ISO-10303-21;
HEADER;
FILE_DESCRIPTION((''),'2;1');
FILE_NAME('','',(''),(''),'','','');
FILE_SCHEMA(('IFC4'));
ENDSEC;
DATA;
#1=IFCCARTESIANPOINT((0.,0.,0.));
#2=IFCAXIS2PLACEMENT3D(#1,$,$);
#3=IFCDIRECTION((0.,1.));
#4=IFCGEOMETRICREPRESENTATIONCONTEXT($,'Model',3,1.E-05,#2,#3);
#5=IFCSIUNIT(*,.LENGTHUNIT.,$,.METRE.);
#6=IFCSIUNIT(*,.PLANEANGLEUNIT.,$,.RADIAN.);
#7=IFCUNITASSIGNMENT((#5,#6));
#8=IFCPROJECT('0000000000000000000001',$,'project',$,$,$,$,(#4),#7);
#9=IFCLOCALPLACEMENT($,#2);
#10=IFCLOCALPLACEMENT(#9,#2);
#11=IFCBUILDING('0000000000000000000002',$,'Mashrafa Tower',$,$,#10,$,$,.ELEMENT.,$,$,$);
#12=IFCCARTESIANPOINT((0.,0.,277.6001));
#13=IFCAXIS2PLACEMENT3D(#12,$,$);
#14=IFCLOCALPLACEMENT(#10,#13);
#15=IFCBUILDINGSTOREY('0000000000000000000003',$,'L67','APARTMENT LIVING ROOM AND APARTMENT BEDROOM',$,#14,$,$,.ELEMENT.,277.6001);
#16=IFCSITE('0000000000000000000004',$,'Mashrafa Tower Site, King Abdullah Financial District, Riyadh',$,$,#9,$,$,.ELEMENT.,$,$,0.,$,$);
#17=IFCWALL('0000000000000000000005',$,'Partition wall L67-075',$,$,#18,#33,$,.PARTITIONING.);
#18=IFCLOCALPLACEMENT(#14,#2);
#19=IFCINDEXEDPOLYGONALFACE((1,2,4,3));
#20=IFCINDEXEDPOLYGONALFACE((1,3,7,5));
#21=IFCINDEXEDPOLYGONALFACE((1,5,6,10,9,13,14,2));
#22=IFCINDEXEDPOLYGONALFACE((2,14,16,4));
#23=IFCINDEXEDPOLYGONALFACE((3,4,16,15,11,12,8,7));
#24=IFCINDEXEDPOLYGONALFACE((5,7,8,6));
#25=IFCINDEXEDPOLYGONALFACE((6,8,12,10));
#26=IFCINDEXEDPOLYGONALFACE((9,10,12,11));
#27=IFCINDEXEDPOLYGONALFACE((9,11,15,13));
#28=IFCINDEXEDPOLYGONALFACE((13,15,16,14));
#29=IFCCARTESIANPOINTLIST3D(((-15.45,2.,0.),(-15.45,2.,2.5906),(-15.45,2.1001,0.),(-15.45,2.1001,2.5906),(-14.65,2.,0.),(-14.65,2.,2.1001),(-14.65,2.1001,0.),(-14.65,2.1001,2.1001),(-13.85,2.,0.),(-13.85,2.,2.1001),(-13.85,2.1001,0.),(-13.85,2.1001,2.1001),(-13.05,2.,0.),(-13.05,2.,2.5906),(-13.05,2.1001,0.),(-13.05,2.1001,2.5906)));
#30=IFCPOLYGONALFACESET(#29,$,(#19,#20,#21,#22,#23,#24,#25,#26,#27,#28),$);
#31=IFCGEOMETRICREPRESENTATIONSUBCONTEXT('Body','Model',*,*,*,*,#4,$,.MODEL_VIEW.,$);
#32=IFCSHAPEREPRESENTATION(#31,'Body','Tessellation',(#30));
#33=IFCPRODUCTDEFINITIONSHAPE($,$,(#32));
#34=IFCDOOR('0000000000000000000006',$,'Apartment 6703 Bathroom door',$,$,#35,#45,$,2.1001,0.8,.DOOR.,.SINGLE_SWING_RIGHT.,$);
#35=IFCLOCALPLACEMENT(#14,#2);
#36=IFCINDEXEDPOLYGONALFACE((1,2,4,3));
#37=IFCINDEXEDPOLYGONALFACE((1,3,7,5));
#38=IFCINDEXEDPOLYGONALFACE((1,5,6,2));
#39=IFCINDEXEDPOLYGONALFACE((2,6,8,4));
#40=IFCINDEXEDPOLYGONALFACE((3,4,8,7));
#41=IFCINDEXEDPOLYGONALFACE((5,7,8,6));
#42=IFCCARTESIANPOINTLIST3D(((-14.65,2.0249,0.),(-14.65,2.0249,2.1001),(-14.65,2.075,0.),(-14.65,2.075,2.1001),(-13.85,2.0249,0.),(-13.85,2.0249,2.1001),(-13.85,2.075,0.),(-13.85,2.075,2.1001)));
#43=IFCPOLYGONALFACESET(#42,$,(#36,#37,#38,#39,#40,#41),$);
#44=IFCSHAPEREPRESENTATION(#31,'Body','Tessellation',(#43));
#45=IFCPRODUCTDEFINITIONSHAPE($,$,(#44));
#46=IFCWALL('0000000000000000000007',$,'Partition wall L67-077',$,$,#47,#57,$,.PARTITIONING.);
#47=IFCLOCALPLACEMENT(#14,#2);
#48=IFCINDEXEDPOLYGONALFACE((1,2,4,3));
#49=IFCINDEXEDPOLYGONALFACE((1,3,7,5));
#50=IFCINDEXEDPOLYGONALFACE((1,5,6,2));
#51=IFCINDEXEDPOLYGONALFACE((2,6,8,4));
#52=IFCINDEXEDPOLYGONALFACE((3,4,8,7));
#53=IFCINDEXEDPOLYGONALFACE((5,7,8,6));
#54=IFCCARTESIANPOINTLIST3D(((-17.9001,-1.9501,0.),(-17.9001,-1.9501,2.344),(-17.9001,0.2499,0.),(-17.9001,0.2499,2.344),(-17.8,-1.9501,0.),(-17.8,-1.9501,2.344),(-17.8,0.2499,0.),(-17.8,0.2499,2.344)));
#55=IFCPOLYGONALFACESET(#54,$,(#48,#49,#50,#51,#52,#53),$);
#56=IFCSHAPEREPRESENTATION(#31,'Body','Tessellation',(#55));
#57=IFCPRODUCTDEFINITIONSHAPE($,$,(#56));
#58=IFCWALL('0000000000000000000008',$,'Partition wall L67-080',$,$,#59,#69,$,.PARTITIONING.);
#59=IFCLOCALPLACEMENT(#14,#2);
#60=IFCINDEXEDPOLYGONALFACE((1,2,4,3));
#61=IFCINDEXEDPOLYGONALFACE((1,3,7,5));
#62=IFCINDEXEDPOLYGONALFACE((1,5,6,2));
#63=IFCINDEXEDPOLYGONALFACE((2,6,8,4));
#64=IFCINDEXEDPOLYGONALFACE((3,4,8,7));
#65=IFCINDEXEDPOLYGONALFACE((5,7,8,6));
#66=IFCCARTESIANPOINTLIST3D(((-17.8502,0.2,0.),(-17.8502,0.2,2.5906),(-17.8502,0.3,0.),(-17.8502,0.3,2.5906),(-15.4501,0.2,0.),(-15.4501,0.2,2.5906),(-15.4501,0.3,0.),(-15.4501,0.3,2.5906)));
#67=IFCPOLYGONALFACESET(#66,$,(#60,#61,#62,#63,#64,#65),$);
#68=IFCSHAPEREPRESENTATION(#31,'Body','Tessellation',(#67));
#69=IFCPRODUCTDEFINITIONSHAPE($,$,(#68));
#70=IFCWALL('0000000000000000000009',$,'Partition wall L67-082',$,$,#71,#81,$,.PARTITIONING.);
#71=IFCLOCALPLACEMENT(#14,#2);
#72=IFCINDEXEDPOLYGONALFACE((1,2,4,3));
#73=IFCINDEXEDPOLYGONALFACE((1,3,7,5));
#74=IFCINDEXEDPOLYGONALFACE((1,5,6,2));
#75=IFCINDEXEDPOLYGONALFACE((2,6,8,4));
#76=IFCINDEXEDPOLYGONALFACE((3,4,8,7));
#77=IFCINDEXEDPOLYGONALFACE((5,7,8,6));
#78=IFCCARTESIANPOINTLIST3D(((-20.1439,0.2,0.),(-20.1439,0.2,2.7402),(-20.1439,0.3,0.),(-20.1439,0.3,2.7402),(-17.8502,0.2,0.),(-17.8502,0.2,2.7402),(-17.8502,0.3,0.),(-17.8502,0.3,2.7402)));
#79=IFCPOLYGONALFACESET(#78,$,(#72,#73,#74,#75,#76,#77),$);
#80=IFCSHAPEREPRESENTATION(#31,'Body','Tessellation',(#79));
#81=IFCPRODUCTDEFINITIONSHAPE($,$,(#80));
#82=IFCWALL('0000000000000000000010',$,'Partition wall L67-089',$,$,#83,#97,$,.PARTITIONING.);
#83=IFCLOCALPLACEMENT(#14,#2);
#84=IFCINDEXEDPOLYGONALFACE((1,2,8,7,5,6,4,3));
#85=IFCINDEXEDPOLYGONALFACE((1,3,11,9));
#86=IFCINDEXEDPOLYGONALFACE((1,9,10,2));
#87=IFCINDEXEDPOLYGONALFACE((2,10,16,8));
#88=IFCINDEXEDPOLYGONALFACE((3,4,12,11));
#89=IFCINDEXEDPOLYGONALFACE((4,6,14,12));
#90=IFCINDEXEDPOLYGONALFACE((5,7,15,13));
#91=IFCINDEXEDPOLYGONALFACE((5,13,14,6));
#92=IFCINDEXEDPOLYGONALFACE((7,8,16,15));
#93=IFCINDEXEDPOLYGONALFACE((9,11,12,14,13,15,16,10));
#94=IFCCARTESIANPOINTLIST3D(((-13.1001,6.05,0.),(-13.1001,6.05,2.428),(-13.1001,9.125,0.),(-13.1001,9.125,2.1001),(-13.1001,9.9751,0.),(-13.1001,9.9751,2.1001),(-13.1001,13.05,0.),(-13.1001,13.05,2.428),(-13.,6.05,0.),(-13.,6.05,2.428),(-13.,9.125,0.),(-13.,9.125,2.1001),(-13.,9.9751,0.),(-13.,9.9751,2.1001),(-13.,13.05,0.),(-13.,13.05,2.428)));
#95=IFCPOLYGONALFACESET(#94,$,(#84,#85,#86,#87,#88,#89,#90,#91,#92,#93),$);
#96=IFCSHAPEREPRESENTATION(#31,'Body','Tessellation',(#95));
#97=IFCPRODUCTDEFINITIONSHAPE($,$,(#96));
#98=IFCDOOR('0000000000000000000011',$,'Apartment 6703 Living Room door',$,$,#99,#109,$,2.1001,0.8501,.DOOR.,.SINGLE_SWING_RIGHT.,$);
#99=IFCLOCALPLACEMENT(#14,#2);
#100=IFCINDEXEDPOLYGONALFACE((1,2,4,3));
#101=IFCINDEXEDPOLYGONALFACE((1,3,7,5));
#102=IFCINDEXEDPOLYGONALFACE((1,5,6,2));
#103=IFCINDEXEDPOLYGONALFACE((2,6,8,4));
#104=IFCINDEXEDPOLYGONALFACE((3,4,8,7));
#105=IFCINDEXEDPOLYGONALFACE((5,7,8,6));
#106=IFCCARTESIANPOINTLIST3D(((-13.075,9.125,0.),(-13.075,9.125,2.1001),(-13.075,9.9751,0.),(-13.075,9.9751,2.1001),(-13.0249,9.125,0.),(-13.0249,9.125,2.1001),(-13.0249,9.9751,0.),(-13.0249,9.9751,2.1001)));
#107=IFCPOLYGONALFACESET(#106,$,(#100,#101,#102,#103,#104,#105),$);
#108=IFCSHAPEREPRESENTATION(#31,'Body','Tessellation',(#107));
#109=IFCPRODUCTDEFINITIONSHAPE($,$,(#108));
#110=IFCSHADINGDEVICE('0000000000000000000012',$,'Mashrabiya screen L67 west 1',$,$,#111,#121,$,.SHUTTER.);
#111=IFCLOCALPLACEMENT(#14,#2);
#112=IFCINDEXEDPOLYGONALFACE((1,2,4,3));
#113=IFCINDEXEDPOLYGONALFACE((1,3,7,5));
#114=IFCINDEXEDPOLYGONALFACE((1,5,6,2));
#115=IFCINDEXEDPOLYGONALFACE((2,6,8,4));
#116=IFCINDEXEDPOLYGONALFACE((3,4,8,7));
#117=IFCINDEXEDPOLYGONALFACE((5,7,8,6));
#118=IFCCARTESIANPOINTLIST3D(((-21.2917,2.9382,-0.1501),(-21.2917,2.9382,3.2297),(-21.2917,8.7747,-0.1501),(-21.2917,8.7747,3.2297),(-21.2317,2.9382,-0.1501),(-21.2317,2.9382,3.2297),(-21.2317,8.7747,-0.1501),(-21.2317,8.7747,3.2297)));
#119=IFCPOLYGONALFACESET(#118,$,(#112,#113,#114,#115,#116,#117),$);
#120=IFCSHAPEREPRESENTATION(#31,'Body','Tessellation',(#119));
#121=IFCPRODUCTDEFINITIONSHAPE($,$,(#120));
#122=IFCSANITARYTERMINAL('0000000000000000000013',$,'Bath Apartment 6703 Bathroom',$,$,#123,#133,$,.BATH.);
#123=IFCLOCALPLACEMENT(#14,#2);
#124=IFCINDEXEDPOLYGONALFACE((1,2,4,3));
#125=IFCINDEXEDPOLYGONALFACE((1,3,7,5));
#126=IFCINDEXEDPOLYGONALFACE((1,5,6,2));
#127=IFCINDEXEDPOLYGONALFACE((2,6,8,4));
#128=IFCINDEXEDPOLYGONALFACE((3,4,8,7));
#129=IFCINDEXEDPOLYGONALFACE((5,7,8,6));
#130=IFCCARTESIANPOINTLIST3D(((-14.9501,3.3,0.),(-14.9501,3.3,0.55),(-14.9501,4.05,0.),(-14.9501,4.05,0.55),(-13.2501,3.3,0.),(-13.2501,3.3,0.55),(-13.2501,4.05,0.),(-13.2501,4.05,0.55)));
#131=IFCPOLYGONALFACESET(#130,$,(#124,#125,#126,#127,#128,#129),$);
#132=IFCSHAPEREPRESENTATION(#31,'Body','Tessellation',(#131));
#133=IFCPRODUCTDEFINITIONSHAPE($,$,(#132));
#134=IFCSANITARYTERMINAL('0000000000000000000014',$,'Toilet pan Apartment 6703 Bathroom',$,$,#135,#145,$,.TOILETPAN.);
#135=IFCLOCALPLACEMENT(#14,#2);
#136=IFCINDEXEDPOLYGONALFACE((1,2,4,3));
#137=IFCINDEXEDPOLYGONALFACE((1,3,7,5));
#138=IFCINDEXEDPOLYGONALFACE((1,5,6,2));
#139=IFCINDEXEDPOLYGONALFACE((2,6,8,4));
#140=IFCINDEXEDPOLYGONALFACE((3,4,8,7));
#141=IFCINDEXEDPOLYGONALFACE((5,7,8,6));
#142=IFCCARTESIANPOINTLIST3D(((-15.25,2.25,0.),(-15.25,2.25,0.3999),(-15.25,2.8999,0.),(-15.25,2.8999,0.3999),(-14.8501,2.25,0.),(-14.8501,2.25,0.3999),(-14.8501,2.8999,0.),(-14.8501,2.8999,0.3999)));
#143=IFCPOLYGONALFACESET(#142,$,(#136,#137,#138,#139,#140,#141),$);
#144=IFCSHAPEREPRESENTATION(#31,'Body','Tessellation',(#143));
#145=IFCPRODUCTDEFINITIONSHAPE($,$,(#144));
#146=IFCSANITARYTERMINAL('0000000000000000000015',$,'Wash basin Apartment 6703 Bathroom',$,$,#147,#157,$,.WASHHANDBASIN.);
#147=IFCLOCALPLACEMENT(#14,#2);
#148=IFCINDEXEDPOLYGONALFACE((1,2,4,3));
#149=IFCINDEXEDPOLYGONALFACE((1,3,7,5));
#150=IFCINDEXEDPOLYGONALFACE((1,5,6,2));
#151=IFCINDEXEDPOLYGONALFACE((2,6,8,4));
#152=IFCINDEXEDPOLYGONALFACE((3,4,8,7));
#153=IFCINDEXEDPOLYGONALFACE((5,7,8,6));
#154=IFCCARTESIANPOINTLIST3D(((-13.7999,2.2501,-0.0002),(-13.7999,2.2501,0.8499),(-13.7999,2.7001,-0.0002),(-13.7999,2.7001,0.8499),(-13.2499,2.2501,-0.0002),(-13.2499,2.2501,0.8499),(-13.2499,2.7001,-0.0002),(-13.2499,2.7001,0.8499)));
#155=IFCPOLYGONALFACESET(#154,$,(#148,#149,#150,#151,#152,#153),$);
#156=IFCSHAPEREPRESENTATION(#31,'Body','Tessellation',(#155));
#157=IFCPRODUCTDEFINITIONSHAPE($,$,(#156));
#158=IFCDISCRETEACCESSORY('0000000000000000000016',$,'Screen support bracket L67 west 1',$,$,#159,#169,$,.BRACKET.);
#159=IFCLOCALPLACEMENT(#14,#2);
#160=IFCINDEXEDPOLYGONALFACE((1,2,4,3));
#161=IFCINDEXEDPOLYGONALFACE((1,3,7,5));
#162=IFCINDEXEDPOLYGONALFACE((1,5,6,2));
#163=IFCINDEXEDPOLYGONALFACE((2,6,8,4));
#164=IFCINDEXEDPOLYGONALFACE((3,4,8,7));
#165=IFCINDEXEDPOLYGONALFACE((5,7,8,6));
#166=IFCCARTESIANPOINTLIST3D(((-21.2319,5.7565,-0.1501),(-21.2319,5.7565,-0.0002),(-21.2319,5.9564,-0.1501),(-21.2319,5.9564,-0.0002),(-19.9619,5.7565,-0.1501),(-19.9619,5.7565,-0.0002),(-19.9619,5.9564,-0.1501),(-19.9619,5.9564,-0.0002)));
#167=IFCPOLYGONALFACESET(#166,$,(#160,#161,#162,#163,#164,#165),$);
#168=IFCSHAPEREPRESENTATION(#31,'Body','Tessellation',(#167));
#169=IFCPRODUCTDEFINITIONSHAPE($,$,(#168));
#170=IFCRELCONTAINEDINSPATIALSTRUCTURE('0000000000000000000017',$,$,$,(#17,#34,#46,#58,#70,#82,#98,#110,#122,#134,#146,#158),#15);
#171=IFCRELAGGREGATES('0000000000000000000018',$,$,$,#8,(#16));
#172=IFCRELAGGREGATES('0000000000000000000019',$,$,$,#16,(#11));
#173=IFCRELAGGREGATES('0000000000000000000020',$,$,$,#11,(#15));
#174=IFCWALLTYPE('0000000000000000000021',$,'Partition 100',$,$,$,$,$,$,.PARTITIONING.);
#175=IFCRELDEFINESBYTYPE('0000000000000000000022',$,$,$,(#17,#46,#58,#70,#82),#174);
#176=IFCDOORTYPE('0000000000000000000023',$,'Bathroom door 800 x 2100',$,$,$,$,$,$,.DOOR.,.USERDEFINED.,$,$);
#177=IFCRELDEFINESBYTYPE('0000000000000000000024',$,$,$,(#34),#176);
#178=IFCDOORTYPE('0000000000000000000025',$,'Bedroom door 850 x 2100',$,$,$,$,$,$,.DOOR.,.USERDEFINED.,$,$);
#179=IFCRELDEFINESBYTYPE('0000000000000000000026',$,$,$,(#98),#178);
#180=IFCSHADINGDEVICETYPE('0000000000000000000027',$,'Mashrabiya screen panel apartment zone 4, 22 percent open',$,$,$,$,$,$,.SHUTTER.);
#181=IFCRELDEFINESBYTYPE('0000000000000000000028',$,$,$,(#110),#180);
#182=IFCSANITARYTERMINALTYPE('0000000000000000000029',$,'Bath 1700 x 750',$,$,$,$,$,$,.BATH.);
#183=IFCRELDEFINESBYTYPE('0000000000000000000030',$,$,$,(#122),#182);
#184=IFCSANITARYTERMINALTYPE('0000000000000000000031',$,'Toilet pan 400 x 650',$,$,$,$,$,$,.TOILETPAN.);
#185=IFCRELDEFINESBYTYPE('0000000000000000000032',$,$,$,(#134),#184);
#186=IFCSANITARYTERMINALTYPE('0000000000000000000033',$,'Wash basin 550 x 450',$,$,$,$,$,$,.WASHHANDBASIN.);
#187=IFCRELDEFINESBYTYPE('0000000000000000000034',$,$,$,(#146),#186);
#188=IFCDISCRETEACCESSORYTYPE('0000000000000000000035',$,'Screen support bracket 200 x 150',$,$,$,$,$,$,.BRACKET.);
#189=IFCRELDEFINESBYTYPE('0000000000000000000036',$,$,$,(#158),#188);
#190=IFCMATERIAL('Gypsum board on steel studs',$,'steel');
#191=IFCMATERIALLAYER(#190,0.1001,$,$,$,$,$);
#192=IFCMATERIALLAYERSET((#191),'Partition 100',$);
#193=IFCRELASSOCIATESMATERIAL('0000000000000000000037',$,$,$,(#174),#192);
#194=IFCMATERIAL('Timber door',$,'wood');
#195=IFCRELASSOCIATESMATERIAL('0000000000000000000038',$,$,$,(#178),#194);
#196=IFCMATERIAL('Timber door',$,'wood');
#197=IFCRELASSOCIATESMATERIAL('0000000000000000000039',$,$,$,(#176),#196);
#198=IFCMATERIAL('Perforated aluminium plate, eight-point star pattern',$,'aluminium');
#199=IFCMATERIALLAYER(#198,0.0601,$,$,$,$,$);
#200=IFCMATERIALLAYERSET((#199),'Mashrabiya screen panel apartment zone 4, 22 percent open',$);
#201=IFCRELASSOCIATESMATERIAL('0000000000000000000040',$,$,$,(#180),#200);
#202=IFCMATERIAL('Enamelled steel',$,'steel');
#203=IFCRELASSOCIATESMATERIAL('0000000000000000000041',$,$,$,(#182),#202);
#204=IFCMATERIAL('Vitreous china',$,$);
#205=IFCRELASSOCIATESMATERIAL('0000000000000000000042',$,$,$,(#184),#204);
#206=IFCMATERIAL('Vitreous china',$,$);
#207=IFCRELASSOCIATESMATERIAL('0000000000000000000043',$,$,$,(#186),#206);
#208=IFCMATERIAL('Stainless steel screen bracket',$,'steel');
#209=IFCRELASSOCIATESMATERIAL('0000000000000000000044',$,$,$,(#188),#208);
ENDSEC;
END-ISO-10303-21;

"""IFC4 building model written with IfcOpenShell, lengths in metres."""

from ifc_helpers import new_model, si_unit, direction, frame, frame_2d, origin, origin_2d, place, context, subcontext, project, spatial, rectangle, extrude, source, transform, mapped, material, layer, layer_set, type_object, type_shapes, element, fill, save


model = new_model("IFC4")

# Units and contexts
model_context = context("Model", 3, precision=1e-05, world=origin(), true_north=direction((0.0, 1.0)))
body_context = subcontext(model_context, "Body", "Model", "MODEL_VIEW")
ifc_project = project(units=[si_unit("LENGTHUNIT", "METRE"), si_unit("PLANEANGLEUNIT", "RADIAN")], contexts=[model_context])

# Site, building, storey
site_placement = place(None, origin())
site = spatial("IfcSite", under=ifc_project, at=site_placement, Name="Mashrafa Tower Site, King Abdullah Financial District, Riyadh", CompositionType="ELEMENT", RefElevation=0.0)
building_placement = place(site_placement, origin())
building = spatial("IfcBuilding", under=site, at=building_placement, Name="Mashrafa Tower", CompositionType="ELEMENT")
storey_placement = place(building_placement, frame((0.0, 0.0, 277.6001)))
storey = spatial("IfcBuildingStorey", under=building, at=storey_placement, Name="L67", Description="APARTMENT LIVING ROOM AND APARTMENT BEDROOM", CompositionType="ELEMENT", Elevation=277.6001)

# Shared definitions
ifc_material_1 = material(Name="Gypsum board on steel studs", Category="steel")
ifc_layer_1 = layer(ifc_material_1, 0.1001)
ifc_layer_set_1 = layer_set([ifc_layer_1], Name="Partition 100")
wall_type_1 = type_object("IfcWallType", Name="Partition 100", PredefinedType="PARTITIONING", material=ifc_layer_set_1)

# Shared definitions
ifc_material_2 = material(Name="Timber door", Category="wood")
door_type_1 = type_object("IfcDoorType", Name="Bedroom door 850 x 2100", OperationType="USERDEFINED", PredefinedType="DOOR", material=ifc_material_2)

# Wall, opening, door
wall_1_placement = place(storey_placement, frame((-15.45, 2.05, 0.0), z_axis=(0.0, 0.0, 1.0), x_axis=(1.0, 0.0, 0.0)))
wall_1 = element("IfcWall", 1, at=wall_1_placement, inside=storey, type_object=wall_type_1, Name="Partition wall L67-075", PredefinedType="PARTITIONING", context=body_context, shape_type="SweptSolid", body=[
    extrude(rectangle(XDim=2.3999, YDim=0.1001, at=frame_2d((1.2, 0.0))), origin(), (0.0, 0.0, 1.0), 2.5906),
])
opening_1_placement = place(wall_1_placement, frame((0.8, 0.0, 0.0)))
opening_1 = element("IfcOpeningElement", 2, at=opening_1_placement, cuts=wall_1, PredefinedType="OPENING", context=body_context, shape_type="SweptSolid", body=[
    extrude(rectangle(XDim=0.8, YDim=2.1001, at=frame_2d((0.3999, 1.05))), frame((0.0, 0.0601, 0.0), z_axis=(0.0, -1.0, 0.0), x_axis=(1.0, 0.0, 0.0)), (0.0, 0.0, 1.0), 0.1201),
])
ifc_material_3 = material(Name="Timber door", Category="wood")
door_type_2 = type_object("IfcDoorType", Name="Bathroom door 800 x 2100", OperationType="USERDEFINED", PredefinedType="DOOR", material=ifc_material_3)
door_1_placement = place(opening_1_placement, origin())
door_1 = element("IfcDoor", 3, at=door_1_placement, inside=storey, type_object=door_type_2, Name="Apartment 6703 Bathroom door", OperationType="SINGLE_SWING_RIGHT", OverallHeight=2.1001, OverallWidth=0.8, PredefinedType="DOOR", context=body_context, shape_type="SweptSolid", body=[
    extrude(rectangle(XDim=0.8, YDim=2.1001, at=frame_2d((0.3999, 1.05))), frame((0.0, 0.0249, 0.0), z_axis=(0.0, -1.0, 0.0), x_axis=(1.0, 0.0, 0.0)), (0.0, 0.0, 1.0), 0.05),
])
fill(opening_1, door_1)

# Walls
wall_2_placement = place(storey_placement, frame((-17.8501, 0.25, 0.0), z_axis=(0.0, 0.0, 1.0), x_axis=(0.0, -1.0, 0.0)))
element("IfcWall", 4, at=wall_2_placement, inside=storey, type_object=wall_type_1, Name="Partition wall L67-077", PredefinedType="PARTITIONING", context=body_context, shape_type="SweptSolid", body=[
    extrude(rectangle(XDim=2.2, YDim=0.1001, at=frame_2d((1.1001, 0.0))), origin(), (0.0, 0.0, 1.0), 2.344),
])
wall_3_placement = place(storey_placement, frame((-15.45, 0.25, 0.0), z_axis=(0.0, 0.0, 1.0), x_axis=(-1.0, 0.0, 0.0)))
element("IfcWall", 5, at=wall_3_placement, inside=storey, type_object=wall_type_1, Name="Partition wall L67-080", PredefinedType="PARTITIONING", context=body_context, shape_type="SweptSolid", body=[
    extrude(rectangle(XDim=2.4001, YDim=0.1001, at=frame_2d((1.2002, 0.0))), origin(), (0.0, 0.0, 1.0), 2.5906),
])
wall_4_placement = place(storey_placement, frame((-17.8501, 0.25, 0.0), z_axis=(0.0, 0.0, 1.0), x_axis=(-1.0, 0.0, 0.0)))
element("IfcWall", 6, at=wall_4_placement, inside=storey, type_object=wall_type_1, Name="Partition wall L67-082", PredefinedType="PARTITIONING", context=body_context, shape_type="SweptSolid", body=[
    extrude(rectangle(XDim=2.2937, YDim=0.1001, at=frame_2d((1.147, 0.0))), origin(), (0.0, 0.0, 1.0), 2.7402),
])

# Wall, opening, door
wall_5_placement = place(storey_placement, frame((-13.05, 6.05, 0.0), z_axis=(0.0, 0.0, 1.0), x_axis=(0.0, 1.0, 0.0)))
wall_5 = element("IfcWall", 7, at=wall_5_placement, inside=storey, type_object=wall_type_1, Name="Partition wall L67-089", PredefinedType="PARTITIONING", context=body_context, shape_type="SweptSolid", body=[
    extrude(rectangle(XDim=7.0, YDim=0.1001, at=frame_2d((3.5, 0.0))), origin(), (0.0, 0.0, 1.0), 2.428),
])
opening_2_placement = place(wall_5_placement, frame((3.075, 0.0, 0.0)))
opening_2 = element("IfcOpeningElement", 8, at=opening_2_placement, cuts=wall_5, PredefinedType="OPENING", context=body_context, shape_type="SweptSolid", body=[
    extrude(rectangle(XDim=0.8501, YDim=2.1001, at=frame_2d((0.425, 1.05))), frame((0.0, 0.0601, 0.0), z_axis=(0.0, -1.0, 0.0), x_axis=(1.0, 0.0, 0.0)), (0.0, 0.0, 1.0), 0.1201),
])
door_2_placement = place(opening_2_placement, origin())
door_2 = element("IfcDoor", 9, at=door_2_placement, inside=storey, type_object=door_type_1, Name="Apartment 6703 Living Room door", OperationType="SINGLE_SWING_RIGHT", OverallHeight=2.1001, OverallWidth=0.8501, PredefinedType="DOOR", context=body_context, shape_type="SweptSolid", body=[
    extrude(rectangle(XDim=0.8501, YDim=2.1001, at=frame_2d((0.425, 1.05))), frame((0.0, 0.0249, 0.0), z_axis=(0.0, -1.0, 0.0), x_axis=(1.0, 0.0, 0.0)), (0.0, 0.0, 1.0), 0.05),
])
fill(opening_2, door_2)

# Shading device
ifc_material_4 = material(Name="Perforated aluminium plate, eight-point star pattern", Category="aluminium")
ifc_layer_2 = layer(ifc_material_4, 0.0601)
ifc_layer_set_2 = layer_set([ifc_layer_2], Name="Mashrabiya screen panel apartment zone 4, 22 percent open")
shading_device_type = type_object("IfcShadingDeviceType", Name="Mashrabiya screen panel apartment zone 4, 22 percent open", PredefinedType="SHUTTER", material=ifc_layer_set_2)
shared_shape_1 = source(origin(), body_context, "Body", "SweptSolid", [
    extrude(rectangle(XDim=5.8364, YDim=0.0601, at=origin_2d()), origin(), (0.0, 0.0, 1.0), 3.3799),
])
type_shapes(shading_device_type, [shared_shape_1])
shading_device_placement = place(storey_placement, frame((-21.2617, 5.8564, -0.1501), z_axis=(0.0, 0.0, 1.0), x_axis=(0.0, -1.0, 0.0)))
element("IfcShadingDevice", 10, at=shading_device_placement, inside=storey, type_object=shading_device_type, Name="Mashrabiya screen L67 west 1", PredefinedType="SHUTTER", context=body_context, shape_type="MappedRepresentation", body=[
    mapped(shared_shape_1, transform((0.0, 0.0, 0.0))),
])

# Sanitary terminals
ifc_material_5 = material(Name="Enamelled steel", Category="steel")
sanitary_terminal_type_1 = type_object("IfcSanitaryTerminalType", Name="Bath 1700 x 750", PredefinedType="BATH", material=ifc_material_5)
sanitary_terminal_1_placement = place(storey_placement, frame((-14.1001, 3.675, 0.0), z_axis=(0.0, 0.0, 1.0), x_axis=(-1.0, 0.0, 0.0)))
element("IfcSanitaryTerminal", 11, at=sanitary_terminal_1_placement, inside=storey, type_object=sanitary_terminal_type_1, Name="Bath Apartment 6703 Bathroom", PredefinedType="BATH", context=body_context, shape_type="SweptSolid", body=[
    extrude(rectangle(XDim=1.7, YDim=0.75, at=origin_2d()), origin(), (0.0, 0.0, 1.0), 0.55),
])
ifc_material_6 = material(Name="Vitreous china")
sanitary_terminal_type_2 = type_object("IfcSanitaryTerminalType", Name="Toilet pan 400 x 650", PredefinedType="TOILETPAN", material=ifc_material_6)
sanitary_terminal_2_placement = place(storey_placement, frame((-15.05, 2.575, 0.0), z_axis=(0.0, 0.0, 1.0), x_axis=(1.0, 0.0, 0.0)))
element("IfcSanitaryTerminal", 12, at=sanitary_terminal_2_placement, inside=storey, type_object=sanitary_terminal_type_2, Name="Toilet pan Apartment 6703 Bathroom", PredefinedType="TOILETPAN", context=body_context, shape_type="SweptSolid", body=[
    extrude(rectangle(XDim=0.3999, YDim=0.6499, at=origin_2d()), origin(), (0.0, 0.0, 1.0), 0.3999),
])
ifc_material_7 = material(Name="Vitreous china")
sanitary_terminal_type_3 = type_object("IfcSanitaryTerminalType", Name="Wash basin 550 x 450", PredefinedType="WASHHANDBASIN", material=ifc_material_7)
sanitary_terminal_3_placement = place(storey_placement, frame((-13.5249, 2.4751, -0.0002), z_axis=(0.0, 0.0, 1.0), x_axis=(1.0, 0.0, 0.0)))
element("IfcSanitaryTerminal", 13, at=sanitary_terminal_3_placement, inside=storey, type_object=sanitary_terminal_type_3, Name="Wash basin Apartment 6703 Bathroom", PredefinedType="WASHHANDBASIN", context=body_context, shape_type="SweptSolid", body=[
    extrude(rectangle(XDim=0.55, YDim=0.45, at=origin_2d()), origin(), (0.0, 0.0, 1.0), 0.8501),
])

# Discrete accessory
ifc_material_8 = material(Name="Stainless steel screen bracket", Category="steel")
discrete_accessory_type = type_object("IfcDiscreteAccessoryType", Name="Screen support bracket 200 x 150", PredefinedType="BRACKET", material=ifc_material_8)
shared_shape_2 = source(origin(), body_context, "Body", "SweptSolid", [
    extrude(rectangle(XDim=0.2, YDim=1.27, at=origin_2d()), origin(), (0.0, 0.0, 1.0), 0.1499),
])
type_shapes(discrete_accessory_type, [shared_shape_2])
discrete_accessory_placement = place(storey_placement, frame((-20.5969, 5.8564, -0.1501), z_axis=(0.0, 0.0, 1.0), x_axis=(0.0, -1.0, 0.0)))
element("IfcDiscreteAccessory", 14, at=discrete_accessory_placement, inside=storey, type_object=discrete_accessory_type, Name="Screen support bracket L67 west 1", PredefinedType="BRACKET", context=body_context, shape_type="MappedRepresentation", body=[
    mapped(shared_shape_2, transform((0.0, 0.0, 0.0))),
])

save(model, "model.ifc")
